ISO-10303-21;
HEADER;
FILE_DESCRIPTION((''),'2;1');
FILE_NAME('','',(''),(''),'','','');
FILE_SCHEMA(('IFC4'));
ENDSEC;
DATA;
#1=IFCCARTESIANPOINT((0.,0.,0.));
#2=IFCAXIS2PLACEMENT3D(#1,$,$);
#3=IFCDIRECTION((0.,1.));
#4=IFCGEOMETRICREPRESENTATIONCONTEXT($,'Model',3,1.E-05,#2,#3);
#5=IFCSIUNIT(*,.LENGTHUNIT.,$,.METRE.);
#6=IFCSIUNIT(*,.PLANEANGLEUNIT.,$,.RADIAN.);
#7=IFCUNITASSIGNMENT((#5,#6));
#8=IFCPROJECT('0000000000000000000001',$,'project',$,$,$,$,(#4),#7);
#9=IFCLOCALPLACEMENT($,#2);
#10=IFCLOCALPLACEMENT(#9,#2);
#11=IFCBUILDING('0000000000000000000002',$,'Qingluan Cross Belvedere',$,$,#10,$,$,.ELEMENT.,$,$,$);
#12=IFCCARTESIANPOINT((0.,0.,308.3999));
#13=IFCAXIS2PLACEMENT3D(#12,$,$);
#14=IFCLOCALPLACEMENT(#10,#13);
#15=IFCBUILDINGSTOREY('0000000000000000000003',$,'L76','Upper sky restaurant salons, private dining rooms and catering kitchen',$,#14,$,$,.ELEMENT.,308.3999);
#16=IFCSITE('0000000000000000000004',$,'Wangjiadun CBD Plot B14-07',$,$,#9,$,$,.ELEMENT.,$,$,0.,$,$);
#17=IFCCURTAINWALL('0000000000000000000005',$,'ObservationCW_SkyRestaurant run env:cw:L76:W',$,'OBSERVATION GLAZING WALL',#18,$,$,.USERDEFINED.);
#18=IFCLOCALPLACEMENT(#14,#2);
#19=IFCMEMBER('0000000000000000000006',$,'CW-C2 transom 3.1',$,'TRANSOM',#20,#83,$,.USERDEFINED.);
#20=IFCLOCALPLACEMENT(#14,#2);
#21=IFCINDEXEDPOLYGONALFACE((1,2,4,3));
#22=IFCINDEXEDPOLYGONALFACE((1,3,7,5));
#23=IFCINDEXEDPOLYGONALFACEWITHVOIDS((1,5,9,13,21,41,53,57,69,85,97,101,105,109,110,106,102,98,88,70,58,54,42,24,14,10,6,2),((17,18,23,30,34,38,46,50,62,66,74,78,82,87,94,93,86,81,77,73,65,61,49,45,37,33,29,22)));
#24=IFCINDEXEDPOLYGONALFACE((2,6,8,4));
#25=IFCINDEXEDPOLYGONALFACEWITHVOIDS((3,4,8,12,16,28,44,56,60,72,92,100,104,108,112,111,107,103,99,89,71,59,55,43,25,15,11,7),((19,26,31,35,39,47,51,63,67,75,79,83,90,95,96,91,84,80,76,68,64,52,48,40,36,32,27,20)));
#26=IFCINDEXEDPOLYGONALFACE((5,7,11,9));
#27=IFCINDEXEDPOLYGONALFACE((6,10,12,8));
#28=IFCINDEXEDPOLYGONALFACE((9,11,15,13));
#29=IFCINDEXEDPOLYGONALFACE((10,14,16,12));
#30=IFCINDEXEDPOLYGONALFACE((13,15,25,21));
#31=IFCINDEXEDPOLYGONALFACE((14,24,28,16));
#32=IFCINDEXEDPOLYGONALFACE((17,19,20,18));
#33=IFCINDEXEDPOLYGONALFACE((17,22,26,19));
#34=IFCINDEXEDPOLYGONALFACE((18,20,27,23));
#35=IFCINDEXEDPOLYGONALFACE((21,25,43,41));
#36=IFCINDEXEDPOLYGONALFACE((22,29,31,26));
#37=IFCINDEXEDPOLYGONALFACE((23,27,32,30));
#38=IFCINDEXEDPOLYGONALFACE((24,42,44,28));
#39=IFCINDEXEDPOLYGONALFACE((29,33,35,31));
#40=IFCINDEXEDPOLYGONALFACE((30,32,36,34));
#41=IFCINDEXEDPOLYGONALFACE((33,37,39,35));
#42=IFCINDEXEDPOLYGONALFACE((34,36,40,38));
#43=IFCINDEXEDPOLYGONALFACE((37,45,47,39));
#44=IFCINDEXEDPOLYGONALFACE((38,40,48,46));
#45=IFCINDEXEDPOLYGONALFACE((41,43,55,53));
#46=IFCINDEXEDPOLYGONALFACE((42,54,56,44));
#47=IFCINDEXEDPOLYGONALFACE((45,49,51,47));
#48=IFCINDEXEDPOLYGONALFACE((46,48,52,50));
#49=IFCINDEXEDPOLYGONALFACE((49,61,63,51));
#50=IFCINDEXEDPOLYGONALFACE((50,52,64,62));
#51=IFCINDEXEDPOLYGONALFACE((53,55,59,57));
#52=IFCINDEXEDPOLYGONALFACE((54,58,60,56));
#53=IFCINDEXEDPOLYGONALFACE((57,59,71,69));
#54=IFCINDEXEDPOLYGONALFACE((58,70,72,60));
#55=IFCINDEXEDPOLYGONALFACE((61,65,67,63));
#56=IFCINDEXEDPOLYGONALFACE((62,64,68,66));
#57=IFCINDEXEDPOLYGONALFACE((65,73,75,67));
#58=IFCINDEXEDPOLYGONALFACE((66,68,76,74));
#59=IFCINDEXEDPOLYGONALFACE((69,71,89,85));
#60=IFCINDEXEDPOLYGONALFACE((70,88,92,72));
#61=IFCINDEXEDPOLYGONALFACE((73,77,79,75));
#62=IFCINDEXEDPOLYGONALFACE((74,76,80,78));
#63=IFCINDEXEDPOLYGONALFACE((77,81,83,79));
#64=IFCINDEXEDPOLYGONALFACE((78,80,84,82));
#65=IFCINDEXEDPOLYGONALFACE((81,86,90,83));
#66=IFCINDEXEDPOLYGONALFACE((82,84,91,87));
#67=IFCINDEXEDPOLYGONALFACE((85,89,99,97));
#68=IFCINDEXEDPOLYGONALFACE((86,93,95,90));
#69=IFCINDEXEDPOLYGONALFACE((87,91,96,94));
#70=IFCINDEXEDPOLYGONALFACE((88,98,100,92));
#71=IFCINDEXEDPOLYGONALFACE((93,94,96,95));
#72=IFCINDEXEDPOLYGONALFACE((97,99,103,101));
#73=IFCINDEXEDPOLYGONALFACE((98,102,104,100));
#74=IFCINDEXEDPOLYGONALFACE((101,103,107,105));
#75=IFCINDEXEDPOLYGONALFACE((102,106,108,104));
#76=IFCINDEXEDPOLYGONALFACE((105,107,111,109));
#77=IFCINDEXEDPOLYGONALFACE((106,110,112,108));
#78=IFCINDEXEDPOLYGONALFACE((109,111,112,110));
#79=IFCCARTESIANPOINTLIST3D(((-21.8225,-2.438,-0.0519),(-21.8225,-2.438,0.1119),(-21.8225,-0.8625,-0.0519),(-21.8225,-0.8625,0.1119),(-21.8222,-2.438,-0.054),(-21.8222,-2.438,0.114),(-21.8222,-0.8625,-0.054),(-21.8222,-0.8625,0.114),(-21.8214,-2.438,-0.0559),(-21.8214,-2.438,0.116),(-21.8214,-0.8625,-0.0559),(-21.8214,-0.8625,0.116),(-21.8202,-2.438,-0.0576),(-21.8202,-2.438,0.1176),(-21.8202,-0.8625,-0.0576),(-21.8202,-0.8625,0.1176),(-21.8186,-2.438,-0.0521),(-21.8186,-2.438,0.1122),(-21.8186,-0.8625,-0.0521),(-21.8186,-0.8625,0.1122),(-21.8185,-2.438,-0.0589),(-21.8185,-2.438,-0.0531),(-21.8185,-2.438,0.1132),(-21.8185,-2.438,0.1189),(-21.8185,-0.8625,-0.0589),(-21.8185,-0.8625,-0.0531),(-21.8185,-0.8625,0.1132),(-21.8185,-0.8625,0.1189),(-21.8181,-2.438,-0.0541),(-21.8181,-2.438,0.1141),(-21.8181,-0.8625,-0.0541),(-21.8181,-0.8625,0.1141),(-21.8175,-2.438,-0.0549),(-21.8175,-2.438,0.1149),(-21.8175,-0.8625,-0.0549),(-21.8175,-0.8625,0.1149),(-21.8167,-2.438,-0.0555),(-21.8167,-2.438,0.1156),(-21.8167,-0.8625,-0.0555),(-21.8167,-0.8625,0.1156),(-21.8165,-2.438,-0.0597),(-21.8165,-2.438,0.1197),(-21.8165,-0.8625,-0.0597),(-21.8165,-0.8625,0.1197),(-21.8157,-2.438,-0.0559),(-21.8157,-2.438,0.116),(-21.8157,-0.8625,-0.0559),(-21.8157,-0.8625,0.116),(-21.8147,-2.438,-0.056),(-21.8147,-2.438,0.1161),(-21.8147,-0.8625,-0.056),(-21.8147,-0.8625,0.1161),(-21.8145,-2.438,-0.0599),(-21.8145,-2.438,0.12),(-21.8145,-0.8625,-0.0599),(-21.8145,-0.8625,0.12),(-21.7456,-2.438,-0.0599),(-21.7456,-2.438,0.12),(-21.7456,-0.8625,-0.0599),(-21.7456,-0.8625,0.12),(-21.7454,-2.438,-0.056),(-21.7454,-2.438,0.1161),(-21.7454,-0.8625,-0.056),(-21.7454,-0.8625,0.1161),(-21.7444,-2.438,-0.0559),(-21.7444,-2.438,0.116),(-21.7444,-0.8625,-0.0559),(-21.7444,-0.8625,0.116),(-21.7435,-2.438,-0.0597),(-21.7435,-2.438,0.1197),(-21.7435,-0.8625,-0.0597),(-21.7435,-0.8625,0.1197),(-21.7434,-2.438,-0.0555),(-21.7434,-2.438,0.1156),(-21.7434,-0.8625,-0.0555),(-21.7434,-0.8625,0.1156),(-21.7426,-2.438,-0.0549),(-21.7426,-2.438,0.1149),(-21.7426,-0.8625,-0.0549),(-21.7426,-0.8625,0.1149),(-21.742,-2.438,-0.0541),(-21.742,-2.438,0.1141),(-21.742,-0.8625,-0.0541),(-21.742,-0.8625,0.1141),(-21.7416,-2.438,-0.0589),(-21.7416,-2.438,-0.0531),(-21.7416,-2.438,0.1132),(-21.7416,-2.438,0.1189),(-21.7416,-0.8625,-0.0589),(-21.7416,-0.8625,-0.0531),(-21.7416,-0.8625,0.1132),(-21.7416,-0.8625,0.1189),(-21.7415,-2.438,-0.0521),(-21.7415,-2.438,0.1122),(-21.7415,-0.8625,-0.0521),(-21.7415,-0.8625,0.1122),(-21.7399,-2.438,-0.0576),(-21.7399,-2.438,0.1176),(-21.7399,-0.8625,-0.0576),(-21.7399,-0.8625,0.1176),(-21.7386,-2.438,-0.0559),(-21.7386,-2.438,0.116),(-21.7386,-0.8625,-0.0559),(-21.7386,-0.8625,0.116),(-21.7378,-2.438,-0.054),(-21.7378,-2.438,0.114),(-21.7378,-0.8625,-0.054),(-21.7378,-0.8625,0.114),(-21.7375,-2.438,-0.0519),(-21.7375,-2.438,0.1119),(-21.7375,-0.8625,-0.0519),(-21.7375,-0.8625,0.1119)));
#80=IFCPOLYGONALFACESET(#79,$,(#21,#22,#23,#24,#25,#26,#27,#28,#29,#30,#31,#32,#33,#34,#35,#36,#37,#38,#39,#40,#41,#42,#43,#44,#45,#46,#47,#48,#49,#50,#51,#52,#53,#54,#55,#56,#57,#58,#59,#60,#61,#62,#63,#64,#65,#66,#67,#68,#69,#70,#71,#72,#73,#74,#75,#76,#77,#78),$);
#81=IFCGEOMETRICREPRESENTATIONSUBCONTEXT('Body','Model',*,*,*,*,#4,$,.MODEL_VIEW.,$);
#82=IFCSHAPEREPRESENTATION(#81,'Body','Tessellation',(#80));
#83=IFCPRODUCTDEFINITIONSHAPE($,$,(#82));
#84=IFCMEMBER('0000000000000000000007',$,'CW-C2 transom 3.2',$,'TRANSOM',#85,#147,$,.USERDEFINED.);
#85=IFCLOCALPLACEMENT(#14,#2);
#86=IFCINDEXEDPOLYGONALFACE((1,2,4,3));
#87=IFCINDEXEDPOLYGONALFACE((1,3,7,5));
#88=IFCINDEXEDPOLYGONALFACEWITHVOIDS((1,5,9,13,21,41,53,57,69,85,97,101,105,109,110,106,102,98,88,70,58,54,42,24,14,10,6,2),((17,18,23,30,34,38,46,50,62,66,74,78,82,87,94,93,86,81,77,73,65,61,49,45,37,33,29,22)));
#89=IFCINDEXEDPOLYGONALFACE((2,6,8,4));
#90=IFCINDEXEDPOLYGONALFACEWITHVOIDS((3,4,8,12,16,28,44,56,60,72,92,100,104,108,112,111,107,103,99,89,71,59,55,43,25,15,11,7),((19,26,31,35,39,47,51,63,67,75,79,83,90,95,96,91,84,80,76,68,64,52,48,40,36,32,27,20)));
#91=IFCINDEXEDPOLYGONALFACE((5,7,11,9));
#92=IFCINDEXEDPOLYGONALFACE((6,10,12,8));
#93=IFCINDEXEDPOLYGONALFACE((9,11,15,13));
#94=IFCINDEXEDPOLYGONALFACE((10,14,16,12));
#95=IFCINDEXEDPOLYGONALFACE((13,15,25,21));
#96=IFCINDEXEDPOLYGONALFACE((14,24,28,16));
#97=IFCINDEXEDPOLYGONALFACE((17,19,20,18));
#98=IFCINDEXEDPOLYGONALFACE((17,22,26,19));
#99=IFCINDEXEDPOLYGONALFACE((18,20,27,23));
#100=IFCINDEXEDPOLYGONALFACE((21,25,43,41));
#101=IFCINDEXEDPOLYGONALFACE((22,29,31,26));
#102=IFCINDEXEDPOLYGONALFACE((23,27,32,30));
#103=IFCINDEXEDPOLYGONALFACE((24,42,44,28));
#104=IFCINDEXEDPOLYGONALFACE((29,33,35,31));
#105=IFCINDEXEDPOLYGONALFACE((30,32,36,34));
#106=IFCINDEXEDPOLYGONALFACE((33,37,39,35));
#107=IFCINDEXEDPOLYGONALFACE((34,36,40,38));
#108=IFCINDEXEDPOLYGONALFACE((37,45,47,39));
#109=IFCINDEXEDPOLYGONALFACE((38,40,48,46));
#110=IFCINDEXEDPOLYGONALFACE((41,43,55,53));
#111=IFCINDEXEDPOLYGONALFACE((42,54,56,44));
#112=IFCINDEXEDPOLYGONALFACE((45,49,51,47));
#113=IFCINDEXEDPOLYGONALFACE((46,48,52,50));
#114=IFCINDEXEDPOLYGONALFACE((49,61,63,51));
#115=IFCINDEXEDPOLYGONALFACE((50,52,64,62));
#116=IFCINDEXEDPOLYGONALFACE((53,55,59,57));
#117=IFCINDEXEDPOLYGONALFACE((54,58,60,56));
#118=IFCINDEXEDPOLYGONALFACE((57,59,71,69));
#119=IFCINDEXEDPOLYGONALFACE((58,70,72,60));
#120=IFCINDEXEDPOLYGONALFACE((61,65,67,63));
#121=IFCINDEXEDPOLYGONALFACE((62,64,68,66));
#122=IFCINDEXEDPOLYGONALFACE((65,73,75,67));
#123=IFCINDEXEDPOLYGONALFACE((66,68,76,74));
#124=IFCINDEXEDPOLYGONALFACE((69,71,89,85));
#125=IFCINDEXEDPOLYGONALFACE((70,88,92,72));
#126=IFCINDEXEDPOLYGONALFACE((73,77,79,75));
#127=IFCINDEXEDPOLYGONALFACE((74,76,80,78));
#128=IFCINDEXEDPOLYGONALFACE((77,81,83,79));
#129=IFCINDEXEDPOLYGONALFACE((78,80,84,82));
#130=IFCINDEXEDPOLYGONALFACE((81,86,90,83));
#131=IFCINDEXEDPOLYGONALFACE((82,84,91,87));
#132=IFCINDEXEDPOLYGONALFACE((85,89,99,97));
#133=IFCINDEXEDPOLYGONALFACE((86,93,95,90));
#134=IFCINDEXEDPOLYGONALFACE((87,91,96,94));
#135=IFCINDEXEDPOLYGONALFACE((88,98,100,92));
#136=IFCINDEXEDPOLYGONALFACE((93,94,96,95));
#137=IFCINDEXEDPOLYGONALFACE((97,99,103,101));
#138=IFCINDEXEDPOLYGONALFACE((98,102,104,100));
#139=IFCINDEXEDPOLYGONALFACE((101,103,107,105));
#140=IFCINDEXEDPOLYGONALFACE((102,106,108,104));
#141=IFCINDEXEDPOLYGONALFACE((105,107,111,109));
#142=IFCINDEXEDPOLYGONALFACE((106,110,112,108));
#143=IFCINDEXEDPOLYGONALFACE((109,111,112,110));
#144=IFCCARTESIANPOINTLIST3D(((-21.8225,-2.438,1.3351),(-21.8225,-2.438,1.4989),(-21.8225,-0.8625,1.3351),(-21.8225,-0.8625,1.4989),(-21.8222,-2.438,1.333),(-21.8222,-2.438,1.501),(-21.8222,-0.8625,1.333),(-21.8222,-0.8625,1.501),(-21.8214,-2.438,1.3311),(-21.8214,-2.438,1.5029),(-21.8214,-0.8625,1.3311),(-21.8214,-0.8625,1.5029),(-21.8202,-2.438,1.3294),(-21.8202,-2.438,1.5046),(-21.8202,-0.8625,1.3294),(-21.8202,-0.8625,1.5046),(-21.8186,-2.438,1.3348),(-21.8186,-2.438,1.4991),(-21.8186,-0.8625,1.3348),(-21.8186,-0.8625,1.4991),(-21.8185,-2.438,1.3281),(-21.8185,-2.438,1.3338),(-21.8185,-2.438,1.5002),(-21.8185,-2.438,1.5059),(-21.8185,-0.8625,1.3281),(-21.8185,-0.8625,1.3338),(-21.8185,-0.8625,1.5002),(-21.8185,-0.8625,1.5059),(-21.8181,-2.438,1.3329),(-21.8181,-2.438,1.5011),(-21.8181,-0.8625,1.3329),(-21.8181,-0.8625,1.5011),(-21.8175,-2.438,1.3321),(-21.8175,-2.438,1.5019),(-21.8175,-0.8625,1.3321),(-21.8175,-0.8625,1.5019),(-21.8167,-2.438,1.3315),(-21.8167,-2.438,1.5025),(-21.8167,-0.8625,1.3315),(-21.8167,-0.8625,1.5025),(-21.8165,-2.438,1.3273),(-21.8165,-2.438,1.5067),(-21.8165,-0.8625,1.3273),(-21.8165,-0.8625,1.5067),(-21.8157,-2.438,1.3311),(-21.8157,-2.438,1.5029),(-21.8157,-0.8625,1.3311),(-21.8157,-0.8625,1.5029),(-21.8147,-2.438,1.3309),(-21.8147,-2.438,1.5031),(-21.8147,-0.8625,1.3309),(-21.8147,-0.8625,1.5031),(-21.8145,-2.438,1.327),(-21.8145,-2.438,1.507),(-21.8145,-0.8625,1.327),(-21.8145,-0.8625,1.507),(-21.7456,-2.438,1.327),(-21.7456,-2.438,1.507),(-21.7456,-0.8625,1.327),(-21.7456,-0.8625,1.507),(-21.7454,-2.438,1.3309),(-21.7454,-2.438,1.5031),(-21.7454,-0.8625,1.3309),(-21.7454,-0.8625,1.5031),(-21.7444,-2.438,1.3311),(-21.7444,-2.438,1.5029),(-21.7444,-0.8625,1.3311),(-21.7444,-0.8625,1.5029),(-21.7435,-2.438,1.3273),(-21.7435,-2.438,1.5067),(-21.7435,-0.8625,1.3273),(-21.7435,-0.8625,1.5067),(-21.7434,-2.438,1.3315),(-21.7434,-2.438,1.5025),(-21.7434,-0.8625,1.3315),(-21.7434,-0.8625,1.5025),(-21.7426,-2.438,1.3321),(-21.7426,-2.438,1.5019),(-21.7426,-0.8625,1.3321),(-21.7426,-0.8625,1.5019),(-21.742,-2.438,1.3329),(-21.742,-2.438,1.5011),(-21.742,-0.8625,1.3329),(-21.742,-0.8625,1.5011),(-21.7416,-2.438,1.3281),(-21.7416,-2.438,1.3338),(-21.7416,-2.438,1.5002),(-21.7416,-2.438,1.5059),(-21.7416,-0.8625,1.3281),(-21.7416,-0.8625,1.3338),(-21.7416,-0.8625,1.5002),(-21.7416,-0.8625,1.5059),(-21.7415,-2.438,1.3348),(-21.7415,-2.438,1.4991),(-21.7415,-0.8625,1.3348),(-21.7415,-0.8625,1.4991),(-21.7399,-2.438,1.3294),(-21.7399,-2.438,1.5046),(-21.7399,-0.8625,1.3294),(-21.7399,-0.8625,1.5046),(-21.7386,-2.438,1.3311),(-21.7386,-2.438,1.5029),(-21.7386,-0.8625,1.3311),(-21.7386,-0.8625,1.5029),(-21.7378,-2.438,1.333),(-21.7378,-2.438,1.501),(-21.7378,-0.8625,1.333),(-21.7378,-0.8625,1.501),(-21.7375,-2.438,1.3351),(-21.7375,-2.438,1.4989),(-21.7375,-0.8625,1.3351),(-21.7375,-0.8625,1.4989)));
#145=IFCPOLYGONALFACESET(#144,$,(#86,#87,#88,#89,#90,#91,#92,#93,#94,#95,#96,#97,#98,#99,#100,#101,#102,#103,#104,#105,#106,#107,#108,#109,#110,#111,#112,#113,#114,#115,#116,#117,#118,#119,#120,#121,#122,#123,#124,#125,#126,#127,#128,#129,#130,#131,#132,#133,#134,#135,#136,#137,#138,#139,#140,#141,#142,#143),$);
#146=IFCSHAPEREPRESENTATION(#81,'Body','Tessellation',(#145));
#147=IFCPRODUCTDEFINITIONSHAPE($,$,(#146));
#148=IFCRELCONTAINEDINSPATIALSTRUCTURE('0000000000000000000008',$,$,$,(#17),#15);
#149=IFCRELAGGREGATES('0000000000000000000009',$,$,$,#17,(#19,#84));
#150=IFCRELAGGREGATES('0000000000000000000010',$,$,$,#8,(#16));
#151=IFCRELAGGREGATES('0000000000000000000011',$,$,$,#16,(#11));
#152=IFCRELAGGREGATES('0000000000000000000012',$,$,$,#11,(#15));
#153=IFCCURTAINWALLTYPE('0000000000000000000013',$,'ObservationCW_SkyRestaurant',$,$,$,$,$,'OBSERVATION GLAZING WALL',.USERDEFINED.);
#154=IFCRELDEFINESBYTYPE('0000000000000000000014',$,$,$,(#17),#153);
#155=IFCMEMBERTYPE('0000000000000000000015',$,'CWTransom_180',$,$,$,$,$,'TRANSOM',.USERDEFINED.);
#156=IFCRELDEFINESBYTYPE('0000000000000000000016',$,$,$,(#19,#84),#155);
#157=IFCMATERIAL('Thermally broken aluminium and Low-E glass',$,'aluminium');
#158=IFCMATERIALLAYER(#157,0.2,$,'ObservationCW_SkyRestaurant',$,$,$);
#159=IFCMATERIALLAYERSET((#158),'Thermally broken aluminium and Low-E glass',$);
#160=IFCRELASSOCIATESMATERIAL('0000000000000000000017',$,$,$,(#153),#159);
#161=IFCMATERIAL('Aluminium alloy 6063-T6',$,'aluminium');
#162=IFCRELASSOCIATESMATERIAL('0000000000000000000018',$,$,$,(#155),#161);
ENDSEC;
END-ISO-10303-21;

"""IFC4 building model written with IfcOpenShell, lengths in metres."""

from ifc_helpers import new_model, si_unit, direction, frame, origin, origin_2d, place, context, subcontext, project, spatial, hollow_rectangle, extrude, material, layer, layer_set, material_profile, profile_set, type_object, element, aggregate, save


model = new_model("IFC4")

# Units and contexts
model_context = context("Model", 3, precision=1e-05, world=origin(), true_north=direction((0.0, 1.0)))
body_context = subcontext(model_context, "Body", "Model", "MODEL_VIEW")
ifc_project = project(units=[si_unit("LENGTHUNIT", "METRE"), si_unit("PLANEANGLEUNIT", "RADIAN")], contexts=[model_context])

# Site, building, storey
site_placement = place(None, origin())
site = spatial("IfcSite", under=ifc_project, at=site_placement, Name="Wangjiadun CBD Plot B14-07", CompositionType="ELEMENT", RefElevation=0.0)
building_placement = place(site_placement, origin())
building = spatial("IfcBuilding", under=site, at=building_placement, Name="Qingluan Cross Belvedere", CompositionType="ELEMENT")
storey_placement = place(building_placement, frame((0.0, 0.0, 308.3999)))
storey = spatial("IfcBuildingStorey", under=building, at=storey_placement, Name="L76", Description="Upper sky restaurant salons, private dining rooms and catering kitchen", CompositionType="ELEMENT", Elevation=308.3999)

# Curtain wall, members
ifc_material_1 = material(Name="Thermally broken aluminium and Low-E glass", Category="aluminium")
ifc_layer_1 = layer(ifc_material_1, 0.2, Name="ObservationCW_SkyRestaurant")
ifc_layer_set_1 = layer_set([ifc_layer_1], Name="Thermally broken aluminium and Low-E glass")
curtain_wall_type = type_object("IfcCurtainWallType", Name="ObservationCW_SkyRestaurant", ElementType="OBSERVATION GLAZING WALL", PredefinedType="USERDEFINED", material=ifc_layer_set_1)
curtain_wall_placement = place(storey_placement, origin())
curtain_wall = element("IfcCurtainWall", 1, at=curtain_wall_placement, inside=storey, type_object=curtain_wall_type, Name="ObservationCW_SkyRestaurant run env:cw:L76:W", ObjectType="OBSERVATION GLAZING WALL", PredefinedType="USERDEFINED")
ifc_material_2 = material(Name="Aluminium alloy 6063-T6", Category="aluminium")
ifc_material_profile_1 = material_profile(ifc_material_2, hollow_rectangle(XDim=0.085, YDim=0.1799, WallThickness=0.0039, InnerFilletRadius=0.0039, OuterFilletRadius=0.0081, at=origin_2d()), Name="CWT180x85x4")
ifc_profile_set_1 = profile_set([ifc_material_profile_1], Name="Aluminium alloy 6063-T6")
member_type_1 = type_object("IfcMemberType", Name="CWTransom_180", ElementType="TRANSOM", PredefinedType="USERDEFINED", material=ifc_profile_set_1)
member_1_placement = place(storey_placement, frame((-21.78, -0.8625, 0.03), z_axis=(0.0, -1.0, 0.0), x_axis=(1.0, 0.0, 0.0)))
member_1 = element("IfcMember", 2, at=member_1_placement, type_object=member_type_1, Name="CW-C2 transom 3.1", ObjectType="TRANSOM", PredefinedType="USERDEFINED", context=body_context, shape_type="SweptSolid", body=[
    extrude(hollow_rectangle(XDim=0.085, YDim=0.1799, WallThickness=0.0039, InnerFilletRadius=0.0039, OuterFilletRadius=0.0081, at=origin_2d()), origin(), (0.0, 0.0, 1.0), 1.5754),
])
member_2_placement = place(storey_placement, frame((-21.78, -0.8625, 1.417), z_axis=(0.0, -1.0, 0.0), x_axis=(1.0, 0.0, 0.0)))
member_2 = element("IfcMember", 3, at=member_2_placement, type_object=member_type_1, Name="CW-C2 transom 3.2", ObjectType="TRANSOM", PredefinedType="USERDEFINED", context=body_context, shape_type="SweptSolid", body=[
    extrude(hollow_rectangle(XDim=0.085, YDim=0.1799, WallThickness=0.0039, InnerFilletRadius=0.0039, OuterFilletRadius=0.0081, at=origin_2d()), origin(), (0.0, 0.0, 1.0), 1.5754),
])
aggregate(curtain_wall, [member_1, member_2])

save(model, "model.ifc")
